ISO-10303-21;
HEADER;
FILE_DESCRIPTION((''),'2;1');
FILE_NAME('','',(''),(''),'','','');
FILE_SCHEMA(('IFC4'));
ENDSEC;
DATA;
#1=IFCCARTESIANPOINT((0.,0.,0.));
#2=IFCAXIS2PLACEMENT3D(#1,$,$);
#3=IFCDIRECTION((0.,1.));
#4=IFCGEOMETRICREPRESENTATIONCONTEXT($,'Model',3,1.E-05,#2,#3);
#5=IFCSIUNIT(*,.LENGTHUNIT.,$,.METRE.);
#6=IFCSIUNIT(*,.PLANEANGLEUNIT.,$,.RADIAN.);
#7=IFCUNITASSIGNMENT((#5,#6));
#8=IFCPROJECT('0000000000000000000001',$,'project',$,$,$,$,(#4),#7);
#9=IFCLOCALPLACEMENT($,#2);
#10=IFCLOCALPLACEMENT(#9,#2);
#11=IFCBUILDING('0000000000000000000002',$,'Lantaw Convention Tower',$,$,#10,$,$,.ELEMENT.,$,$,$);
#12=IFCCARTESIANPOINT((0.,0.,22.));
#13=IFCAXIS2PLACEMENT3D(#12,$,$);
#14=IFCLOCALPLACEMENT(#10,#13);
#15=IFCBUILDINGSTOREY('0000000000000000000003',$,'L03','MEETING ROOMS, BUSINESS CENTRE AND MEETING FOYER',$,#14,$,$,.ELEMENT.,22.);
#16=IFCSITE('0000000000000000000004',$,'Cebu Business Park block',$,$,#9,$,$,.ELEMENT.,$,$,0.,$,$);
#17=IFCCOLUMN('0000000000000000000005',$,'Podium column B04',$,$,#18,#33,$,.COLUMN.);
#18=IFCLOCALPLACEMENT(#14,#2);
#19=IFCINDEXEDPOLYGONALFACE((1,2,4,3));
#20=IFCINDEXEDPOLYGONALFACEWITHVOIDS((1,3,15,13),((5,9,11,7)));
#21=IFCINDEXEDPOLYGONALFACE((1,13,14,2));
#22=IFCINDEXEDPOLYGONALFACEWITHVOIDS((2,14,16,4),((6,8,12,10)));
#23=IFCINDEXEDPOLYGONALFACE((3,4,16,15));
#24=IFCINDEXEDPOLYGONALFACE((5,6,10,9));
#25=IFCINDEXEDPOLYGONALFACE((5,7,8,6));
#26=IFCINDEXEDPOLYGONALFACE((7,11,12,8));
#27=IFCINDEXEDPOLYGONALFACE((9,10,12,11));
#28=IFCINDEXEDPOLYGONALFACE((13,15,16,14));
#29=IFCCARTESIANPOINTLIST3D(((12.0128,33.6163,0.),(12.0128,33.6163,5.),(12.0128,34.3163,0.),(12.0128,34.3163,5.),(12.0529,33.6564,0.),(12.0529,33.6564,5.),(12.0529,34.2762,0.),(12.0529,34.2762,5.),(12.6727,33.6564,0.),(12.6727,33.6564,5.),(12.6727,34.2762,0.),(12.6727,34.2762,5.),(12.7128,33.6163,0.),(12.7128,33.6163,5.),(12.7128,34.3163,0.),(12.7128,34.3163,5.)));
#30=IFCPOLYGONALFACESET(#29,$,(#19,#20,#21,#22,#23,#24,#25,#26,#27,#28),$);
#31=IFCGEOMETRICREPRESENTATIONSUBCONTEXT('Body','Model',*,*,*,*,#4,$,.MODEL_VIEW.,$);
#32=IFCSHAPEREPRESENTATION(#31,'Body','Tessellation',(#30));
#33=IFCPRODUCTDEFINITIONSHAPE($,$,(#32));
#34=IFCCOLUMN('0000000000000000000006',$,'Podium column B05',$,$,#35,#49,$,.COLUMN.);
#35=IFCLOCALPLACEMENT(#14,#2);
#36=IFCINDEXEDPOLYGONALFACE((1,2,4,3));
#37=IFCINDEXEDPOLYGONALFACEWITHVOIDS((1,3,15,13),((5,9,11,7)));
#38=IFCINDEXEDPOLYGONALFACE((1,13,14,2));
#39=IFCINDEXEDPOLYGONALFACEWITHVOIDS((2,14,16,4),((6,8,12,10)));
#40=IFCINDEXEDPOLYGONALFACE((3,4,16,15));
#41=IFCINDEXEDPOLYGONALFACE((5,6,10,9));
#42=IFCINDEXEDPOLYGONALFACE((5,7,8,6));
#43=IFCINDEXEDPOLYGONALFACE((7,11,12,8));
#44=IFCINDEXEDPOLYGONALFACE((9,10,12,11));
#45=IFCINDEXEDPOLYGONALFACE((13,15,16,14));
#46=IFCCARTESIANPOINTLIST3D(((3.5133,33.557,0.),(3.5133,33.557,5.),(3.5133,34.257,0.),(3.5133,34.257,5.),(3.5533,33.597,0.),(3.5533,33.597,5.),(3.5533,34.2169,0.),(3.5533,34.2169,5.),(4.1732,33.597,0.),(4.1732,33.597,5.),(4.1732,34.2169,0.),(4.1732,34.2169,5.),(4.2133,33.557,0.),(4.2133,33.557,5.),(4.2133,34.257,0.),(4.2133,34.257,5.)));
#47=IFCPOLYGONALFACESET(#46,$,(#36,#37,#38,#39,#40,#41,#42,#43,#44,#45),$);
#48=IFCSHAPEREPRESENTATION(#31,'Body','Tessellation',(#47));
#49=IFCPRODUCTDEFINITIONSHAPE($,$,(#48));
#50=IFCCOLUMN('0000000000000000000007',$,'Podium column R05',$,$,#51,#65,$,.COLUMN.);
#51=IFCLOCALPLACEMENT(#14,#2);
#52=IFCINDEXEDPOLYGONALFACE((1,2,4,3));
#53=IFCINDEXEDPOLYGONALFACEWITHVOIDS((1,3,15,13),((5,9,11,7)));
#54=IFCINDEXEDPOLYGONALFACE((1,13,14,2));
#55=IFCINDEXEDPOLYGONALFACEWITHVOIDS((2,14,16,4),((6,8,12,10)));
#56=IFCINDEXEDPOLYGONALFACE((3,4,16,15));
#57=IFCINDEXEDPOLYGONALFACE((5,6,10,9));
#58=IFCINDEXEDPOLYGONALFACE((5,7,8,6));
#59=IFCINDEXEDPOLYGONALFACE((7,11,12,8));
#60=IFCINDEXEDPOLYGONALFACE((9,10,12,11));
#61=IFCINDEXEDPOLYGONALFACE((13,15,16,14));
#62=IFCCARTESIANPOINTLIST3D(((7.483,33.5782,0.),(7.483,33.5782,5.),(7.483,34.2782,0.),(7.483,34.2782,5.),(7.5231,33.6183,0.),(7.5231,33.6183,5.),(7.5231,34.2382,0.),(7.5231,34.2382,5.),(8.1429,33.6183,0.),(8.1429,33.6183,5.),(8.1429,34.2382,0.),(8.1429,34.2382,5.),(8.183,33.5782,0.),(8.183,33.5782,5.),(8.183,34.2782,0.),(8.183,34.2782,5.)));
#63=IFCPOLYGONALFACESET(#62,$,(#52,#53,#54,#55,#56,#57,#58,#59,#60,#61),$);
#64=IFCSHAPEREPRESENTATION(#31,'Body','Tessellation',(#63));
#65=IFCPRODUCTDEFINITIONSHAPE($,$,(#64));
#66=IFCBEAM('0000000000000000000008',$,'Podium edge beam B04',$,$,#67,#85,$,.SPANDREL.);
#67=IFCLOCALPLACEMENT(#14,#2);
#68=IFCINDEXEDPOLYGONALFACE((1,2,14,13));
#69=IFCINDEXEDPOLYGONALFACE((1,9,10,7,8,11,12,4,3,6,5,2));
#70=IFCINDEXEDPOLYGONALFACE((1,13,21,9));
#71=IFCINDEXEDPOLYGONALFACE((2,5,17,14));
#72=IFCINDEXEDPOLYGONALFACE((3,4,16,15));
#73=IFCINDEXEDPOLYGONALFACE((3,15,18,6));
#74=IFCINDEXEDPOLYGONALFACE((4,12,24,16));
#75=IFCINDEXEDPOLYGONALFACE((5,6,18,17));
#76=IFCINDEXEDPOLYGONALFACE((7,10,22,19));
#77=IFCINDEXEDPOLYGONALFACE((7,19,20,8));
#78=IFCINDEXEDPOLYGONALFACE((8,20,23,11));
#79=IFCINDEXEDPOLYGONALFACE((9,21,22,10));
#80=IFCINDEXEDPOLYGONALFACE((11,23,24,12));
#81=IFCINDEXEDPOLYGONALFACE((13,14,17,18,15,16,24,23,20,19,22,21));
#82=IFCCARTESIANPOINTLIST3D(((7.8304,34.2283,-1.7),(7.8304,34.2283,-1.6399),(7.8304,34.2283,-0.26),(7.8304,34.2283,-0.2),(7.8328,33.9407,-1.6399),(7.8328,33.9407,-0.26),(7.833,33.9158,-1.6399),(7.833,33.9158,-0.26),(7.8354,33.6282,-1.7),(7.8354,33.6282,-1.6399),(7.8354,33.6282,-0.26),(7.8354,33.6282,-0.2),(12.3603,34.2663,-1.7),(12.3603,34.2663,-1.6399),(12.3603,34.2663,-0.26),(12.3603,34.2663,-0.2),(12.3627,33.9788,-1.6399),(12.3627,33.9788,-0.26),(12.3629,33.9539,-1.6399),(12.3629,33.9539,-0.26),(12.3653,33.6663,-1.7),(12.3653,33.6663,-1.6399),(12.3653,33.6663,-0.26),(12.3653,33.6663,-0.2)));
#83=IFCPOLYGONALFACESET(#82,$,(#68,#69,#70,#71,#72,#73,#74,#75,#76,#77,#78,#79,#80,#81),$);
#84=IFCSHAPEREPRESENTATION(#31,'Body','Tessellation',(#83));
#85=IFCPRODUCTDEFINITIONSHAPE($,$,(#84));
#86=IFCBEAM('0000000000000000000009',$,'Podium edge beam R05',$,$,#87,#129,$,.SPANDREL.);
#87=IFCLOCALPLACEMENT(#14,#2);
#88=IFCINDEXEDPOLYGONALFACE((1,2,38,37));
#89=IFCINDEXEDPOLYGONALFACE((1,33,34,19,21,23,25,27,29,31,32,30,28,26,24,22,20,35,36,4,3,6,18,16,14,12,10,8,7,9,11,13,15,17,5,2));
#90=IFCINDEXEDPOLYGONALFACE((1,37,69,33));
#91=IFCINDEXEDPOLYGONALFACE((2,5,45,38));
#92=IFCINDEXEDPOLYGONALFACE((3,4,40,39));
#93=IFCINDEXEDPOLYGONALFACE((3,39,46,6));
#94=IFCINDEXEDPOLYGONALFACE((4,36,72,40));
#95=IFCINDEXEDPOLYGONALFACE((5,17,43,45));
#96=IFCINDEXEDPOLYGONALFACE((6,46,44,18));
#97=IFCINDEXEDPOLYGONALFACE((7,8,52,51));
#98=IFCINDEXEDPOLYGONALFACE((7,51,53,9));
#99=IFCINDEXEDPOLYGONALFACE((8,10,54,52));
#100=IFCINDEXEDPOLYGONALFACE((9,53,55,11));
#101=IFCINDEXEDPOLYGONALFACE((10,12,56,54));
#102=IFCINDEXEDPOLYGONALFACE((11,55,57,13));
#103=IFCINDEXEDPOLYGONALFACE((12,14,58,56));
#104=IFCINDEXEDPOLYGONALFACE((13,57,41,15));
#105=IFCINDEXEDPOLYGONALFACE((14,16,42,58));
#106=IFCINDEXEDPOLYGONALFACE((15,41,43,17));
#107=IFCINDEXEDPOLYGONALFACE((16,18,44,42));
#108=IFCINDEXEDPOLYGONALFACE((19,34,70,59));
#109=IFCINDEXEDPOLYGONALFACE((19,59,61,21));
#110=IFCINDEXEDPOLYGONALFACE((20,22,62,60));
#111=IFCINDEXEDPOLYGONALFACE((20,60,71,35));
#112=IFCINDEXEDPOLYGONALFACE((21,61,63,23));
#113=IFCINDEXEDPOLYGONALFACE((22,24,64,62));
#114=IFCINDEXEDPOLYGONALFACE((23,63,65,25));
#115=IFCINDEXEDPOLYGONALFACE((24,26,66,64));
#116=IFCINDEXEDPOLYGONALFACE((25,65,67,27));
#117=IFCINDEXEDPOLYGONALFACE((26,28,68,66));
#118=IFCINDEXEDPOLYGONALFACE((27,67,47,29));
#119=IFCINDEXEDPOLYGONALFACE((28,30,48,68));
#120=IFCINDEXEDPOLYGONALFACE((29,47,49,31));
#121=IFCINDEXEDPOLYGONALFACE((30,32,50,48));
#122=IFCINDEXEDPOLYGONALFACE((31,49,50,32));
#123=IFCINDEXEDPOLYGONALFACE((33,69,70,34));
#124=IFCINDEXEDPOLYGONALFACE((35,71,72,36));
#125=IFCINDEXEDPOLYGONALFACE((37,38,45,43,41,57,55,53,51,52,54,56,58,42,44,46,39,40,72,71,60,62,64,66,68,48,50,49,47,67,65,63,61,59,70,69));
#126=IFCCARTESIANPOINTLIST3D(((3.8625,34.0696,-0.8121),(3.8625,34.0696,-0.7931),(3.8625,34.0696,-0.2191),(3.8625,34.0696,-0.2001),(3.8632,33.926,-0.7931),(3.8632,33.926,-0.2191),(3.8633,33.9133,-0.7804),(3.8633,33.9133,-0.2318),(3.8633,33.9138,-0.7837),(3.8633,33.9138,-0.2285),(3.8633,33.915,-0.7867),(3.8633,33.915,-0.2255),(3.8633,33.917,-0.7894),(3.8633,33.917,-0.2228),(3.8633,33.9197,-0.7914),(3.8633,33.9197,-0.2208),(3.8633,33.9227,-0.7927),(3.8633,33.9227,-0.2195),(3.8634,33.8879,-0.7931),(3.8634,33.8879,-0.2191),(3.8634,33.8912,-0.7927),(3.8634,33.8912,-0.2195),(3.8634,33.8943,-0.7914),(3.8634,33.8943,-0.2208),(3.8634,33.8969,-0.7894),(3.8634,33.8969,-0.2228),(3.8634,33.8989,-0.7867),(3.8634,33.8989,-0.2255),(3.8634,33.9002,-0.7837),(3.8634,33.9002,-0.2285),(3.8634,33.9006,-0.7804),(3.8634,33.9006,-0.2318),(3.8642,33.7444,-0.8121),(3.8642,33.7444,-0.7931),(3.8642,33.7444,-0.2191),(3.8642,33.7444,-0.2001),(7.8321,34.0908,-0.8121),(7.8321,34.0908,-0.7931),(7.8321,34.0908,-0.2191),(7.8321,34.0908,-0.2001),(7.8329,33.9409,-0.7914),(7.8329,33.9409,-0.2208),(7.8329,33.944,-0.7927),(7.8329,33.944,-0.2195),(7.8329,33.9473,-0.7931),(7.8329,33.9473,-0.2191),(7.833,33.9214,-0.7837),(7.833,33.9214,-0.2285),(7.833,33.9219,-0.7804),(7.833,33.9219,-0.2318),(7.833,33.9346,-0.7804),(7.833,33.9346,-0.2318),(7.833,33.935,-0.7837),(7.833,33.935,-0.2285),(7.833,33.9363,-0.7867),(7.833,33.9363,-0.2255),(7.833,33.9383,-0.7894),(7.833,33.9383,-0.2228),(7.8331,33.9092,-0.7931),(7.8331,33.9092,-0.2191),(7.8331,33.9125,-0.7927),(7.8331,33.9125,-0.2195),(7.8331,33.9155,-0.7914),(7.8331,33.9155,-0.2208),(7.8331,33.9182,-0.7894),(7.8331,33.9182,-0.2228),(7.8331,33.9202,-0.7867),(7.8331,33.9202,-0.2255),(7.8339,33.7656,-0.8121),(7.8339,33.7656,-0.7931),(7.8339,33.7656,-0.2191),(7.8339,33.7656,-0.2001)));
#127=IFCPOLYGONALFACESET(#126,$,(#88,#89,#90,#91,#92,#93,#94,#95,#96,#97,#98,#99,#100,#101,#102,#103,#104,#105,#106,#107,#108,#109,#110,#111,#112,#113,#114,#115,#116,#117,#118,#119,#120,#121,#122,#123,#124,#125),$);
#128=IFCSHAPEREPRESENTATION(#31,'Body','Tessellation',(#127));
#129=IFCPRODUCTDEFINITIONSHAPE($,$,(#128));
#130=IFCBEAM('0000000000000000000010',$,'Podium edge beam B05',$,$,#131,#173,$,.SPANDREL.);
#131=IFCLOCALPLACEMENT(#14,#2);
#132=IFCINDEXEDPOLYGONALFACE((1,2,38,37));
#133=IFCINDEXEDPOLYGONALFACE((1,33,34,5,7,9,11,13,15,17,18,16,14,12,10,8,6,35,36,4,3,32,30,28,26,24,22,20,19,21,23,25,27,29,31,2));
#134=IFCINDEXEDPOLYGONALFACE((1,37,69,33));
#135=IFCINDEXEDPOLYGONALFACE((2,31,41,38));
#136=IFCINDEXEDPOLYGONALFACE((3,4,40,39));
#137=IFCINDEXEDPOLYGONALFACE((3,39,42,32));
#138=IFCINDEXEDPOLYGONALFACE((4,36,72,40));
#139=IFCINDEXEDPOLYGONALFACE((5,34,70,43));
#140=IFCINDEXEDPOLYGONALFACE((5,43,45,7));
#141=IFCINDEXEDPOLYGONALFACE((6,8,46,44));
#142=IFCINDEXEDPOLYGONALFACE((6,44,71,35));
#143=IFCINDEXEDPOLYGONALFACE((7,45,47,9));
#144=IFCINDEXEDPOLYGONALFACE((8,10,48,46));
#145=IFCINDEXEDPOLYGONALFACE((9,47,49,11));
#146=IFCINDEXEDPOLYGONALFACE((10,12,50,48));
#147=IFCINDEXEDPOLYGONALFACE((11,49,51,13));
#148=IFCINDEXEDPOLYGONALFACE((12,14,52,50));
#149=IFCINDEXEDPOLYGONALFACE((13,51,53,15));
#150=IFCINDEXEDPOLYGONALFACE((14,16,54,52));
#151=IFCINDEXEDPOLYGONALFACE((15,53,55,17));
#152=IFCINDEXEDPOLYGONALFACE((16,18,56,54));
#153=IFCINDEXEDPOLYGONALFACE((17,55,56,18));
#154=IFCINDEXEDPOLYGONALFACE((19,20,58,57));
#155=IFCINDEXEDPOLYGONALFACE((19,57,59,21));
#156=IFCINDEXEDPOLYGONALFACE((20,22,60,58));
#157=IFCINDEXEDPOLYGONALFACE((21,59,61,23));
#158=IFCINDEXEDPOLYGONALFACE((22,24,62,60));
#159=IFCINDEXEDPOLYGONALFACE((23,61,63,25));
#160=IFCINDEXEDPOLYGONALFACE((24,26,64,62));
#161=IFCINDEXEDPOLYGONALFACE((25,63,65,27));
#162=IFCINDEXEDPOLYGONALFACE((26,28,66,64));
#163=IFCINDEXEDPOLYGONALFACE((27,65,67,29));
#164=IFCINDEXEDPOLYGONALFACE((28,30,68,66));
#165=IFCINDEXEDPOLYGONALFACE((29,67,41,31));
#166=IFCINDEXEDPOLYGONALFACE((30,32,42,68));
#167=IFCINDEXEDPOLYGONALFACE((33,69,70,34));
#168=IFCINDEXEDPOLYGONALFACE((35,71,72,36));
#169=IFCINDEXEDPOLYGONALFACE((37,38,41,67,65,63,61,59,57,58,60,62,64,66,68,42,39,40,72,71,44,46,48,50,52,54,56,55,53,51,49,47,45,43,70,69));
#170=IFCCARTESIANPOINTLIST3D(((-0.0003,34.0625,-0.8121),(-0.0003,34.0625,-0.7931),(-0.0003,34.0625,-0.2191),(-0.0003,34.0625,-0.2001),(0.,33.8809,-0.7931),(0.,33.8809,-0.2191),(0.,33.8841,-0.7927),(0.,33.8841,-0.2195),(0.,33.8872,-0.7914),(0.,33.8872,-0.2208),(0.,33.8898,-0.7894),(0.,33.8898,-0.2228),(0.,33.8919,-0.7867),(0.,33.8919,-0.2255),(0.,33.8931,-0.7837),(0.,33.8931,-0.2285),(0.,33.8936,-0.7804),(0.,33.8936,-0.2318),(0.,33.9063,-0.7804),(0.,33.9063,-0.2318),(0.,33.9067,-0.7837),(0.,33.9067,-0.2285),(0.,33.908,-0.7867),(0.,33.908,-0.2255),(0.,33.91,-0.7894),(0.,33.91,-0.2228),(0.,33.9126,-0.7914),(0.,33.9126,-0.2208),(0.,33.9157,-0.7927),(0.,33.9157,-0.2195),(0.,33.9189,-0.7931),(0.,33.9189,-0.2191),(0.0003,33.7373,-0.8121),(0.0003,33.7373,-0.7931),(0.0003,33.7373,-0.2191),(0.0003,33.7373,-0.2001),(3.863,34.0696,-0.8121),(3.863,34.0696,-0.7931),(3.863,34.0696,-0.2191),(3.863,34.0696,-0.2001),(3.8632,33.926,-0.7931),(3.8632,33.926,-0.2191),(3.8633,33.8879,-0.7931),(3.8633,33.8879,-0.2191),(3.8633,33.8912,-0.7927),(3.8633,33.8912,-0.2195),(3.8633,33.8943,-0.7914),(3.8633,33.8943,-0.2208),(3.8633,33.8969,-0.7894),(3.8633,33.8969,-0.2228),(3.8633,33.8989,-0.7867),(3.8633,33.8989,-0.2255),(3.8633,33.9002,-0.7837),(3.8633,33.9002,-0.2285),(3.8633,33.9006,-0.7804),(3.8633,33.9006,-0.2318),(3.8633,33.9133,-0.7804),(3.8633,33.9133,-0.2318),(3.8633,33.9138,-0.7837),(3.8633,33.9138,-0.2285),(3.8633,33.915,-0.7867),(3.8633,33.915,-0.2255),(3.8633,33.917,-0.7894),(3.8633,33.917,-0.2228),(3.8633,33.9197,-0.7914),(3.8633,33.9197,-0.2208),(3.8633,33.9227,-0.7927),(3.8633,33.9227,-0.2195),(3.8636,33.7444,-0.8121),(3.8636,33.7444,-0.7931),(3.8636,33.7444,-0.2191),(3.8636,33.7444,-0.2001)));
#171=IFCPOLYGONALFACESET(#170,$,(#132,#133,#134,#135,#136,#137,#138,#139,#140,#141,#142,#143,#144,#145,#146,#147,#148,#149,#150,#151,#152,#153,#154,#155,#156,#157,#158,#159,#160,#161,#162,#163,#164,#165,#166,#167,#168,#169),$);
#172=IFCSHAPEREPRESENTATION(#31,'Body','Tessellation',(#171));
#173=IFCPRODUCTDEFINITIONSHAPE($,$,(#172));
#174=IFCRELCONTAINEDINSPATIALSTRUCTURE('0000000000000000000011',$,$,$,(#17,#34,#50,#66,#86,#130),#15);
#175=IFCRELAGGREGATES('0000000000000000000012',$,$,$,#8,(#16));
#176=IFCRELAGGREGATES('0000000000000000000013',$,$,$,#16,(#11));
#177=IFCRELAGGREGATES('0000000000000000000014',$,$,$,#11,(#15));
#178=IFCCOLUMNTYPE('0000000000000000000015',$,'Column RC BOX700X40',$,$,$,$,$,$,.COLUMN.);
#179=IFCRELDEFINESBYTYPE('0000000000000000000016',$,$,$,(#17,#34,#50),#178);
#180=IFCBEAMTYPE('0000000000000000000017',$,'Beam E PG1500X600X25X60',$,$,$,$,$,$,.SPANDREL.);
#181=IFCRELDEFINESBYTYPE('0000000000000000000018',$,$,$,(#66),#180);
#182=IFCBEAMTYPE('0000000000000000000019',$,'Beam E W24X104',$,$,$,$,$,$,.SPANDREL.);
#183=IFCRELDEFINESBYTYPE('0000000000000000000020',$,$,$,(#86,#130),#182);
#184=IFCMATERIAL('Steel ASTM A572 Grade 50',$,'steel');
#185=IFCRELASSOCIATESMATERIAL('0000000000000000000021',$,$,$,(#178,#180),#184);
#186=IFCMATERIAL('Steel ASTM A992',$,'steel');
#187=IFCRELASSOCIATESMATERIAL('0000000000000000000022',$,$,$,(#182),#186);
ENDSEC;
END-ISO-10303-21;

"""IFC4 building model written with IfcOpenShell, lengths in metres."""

from ifc_helpers import new_model, si_unit, direction, frame, origin, origin_2d, place, context, subcontext, project, spatial, hollow_rectangle, i_section, extrude, material, material_profile, profile_set, type_object, element, save


model = new_model("IFC4")

# Units and contexts
model_context = context("Model", 3, precision=1e-05, world=origin(), true_north=direction((0.0, 1.0)))
body_context = subcontext(model_context, "Body", "Model", "MODEL_VIEW")
ifc_project = project(units=[si_unit("LENGTHUNIT", "METRE"), si_unit("PLANEANGLEUNIT", "RADIAN")], contexts=[model_context])

# Site, building, storey
site_placement = place(None, origin())
site = spatial("IfcSite", under=ifc_project, at=site_placement, Name="Cebu Business Park block", CompositionType="ELEMENT", RefElevation=0.0)
building_placement = place(site_placement, origin())
building = spatial("IfcBuilding", under=site, at=building_placement, Name="Lantaw Convention Tower", CompositionType="ELEMENT")
storey_placement = place(building_placement, frame((0.0, 0.0, 22.0)))
storey = spatial("IfcBuildingStorey", under=building, at=storey_placement, Name="L03", Description="MEETING ROOMS, BUSINESS CENTRE AND MEETING FOYER", CompositionType="ELEMENT", Elevation=22.0)

# Columns
ifc_material_1 = material(Name="Steel ASTM A572 Grade 50", Category="steel")
ifc_material_profile_1 = material_profile(ifc_material_1, hollow_rectangle(XDim=0.7, YDim=0.7, WallThickness=0.04, at=origin_2d()), Name="BOX700X40")
ifc_profile_set_1 = profile_set([ifc_material_profile_1], Name="Steel ASTM A572 Grade 50")
column_type = type_object("IfcColumnType", Name="Column RC BOX700X40", PredefinedType="COLUMN", material=ifc_profile_set_1)
for number, where, z_axis, x_axis, name in (
    (1, (12.3628, 33.9663, 0.0), (0.0, 0.0, 1.0), (1.0, 0.0, 0.0), "Podium column B04"),
    (2, (3.8633, 33.907, 0.0), (0.0, 0.0, 1.0), (1.0, 0.0, 0.0), "Podium column B05"),
    (3, (7.833, 33.9282, 0.0), (0.0, 0.0, 1.0), (1.0, 0.0, 0.0), "Podium column R05"),
):
    element("IfcColumn", number, at=place(storey_placement, frame(where, z_axis=z_axis, x_axis=x_axis)), inside=storey, type_object=column_type, Name=name, PredefinedType="COLUMN", context=body_context, shape_type="SweptSolid", body=[
        extrude(hollow_rectangle(XDim=0.7, YDim=0.7, WallThickness=0.04, at=origin_2d()), origin(), (0.0, 0.0, 1.0), 5.0),
    ])

# Beams
ifc_material_profile_2 = material_profile(ifc_material_1, i_section(OverallWidth=0.6001, OverallDepth=1.5, WebThickness=0.0249, FlangeThickness=0.0601, at=origin_2d()), Name="PG1500X600X25X60")
ifc_profile_set_2 = profile_set([ifc_material_profile_2], Name="Steel ASTM A572 Grade 50")
beam_type_1 = type_object("IfcBeamType", Name="Beam E PG1500X600X25X60", PredefinedType="SPANDREL", material=ifc_profile_set_2)
beam_1_placement = place(storey_placement, frame((12.3628, 33.9663, -0.95), z_axis=(-0.999965, -0.008408, 0.0), x_axis=(0.008408, -0.999965, 0.0)))
element("IfcBeam", 4, at=beam_1_placement, inside=storey, type_object=beam_type_1, Name="Podium edge beam B04", PredefinedType="SPANDREL", context=body_context, shape_type="SweptSolid", body=[
    extrude(i_section(OverallWidth=0.6001, OverallDepth=1.5, WebThickness=0.0249, FlangeThickness=0.0601, at=origin_2d()), origin(), (0.0, 0.0, 1.0), 4.53),
])
ifc_material_2 = material(Name="Steel ASTM A992", Category="steel")
ifc_material_profile_3 = material_profile(ifc_material_2, i_section(OverallWidth=0.3252, OverallDepth=0.6121, WebThickness=0.0127, FlangeThickness=0.019, FilletRadius=0.0127, at=origin_2d()), Name="W24X104")
ifc_profile_set_3 = profile_set([ifc_material_profile_3], Name="Steel ASTM A992")
beam_type_2 = type_object("IfcBeamType", Name="Beam E W24X104", PredefinedType="SPANDREL", material=ifc_profile_set_3)
beam_2_placement = place(storey_placement, frame((7.833, 33.9282, -0.5061), z_axis=(-0.999986, -0.00535, 0.0), x_axis=(0.00535, -0.999986, 0.0)))
element("IfcBeam", 5, at=beam_2_placement, inside=storey, type_object=beam_type_2, Name="Podium edge beam R05", PredefinedType="SPANDREL", context=body_context, shape_type="SweptSolid", body=[
    extrude(i_section(OverallWidth=0.3252, OverallDepth=0.6121, WebThickness=0.0127, FlangeThickness=0.019, FilletRadius=0.0127, at=origin_2d()), origin(), (0.0, 0.0, 1.0), 3.9697),
])
beam_3_placement = place(storey_placement, frame((3.8633, 33.907, -0.5061), z_axis=(-0.999998, -0.001833, 0.0), x_axis=(0.001833, -0.999998, 0.0)))
element("IfcBeam", 6, at=beam_3_placement, inside=storey, type_object=beam_type_2, Name="Podium edge beam B05", PredefinedType="SPANDREL", context=body_context, shape_type="SweptSolid", body=[
    extrude(i_section(OverallWidth=0.3252, OverallDepth=0.6121, WebThickness=0.0127, FlangeThickness=0.019, FilletRadius=0.0127, at=origin_2d()), origin(), (0.0, 0.0, 1.0), 3.8633),
])

save(model, "model.ifc")
